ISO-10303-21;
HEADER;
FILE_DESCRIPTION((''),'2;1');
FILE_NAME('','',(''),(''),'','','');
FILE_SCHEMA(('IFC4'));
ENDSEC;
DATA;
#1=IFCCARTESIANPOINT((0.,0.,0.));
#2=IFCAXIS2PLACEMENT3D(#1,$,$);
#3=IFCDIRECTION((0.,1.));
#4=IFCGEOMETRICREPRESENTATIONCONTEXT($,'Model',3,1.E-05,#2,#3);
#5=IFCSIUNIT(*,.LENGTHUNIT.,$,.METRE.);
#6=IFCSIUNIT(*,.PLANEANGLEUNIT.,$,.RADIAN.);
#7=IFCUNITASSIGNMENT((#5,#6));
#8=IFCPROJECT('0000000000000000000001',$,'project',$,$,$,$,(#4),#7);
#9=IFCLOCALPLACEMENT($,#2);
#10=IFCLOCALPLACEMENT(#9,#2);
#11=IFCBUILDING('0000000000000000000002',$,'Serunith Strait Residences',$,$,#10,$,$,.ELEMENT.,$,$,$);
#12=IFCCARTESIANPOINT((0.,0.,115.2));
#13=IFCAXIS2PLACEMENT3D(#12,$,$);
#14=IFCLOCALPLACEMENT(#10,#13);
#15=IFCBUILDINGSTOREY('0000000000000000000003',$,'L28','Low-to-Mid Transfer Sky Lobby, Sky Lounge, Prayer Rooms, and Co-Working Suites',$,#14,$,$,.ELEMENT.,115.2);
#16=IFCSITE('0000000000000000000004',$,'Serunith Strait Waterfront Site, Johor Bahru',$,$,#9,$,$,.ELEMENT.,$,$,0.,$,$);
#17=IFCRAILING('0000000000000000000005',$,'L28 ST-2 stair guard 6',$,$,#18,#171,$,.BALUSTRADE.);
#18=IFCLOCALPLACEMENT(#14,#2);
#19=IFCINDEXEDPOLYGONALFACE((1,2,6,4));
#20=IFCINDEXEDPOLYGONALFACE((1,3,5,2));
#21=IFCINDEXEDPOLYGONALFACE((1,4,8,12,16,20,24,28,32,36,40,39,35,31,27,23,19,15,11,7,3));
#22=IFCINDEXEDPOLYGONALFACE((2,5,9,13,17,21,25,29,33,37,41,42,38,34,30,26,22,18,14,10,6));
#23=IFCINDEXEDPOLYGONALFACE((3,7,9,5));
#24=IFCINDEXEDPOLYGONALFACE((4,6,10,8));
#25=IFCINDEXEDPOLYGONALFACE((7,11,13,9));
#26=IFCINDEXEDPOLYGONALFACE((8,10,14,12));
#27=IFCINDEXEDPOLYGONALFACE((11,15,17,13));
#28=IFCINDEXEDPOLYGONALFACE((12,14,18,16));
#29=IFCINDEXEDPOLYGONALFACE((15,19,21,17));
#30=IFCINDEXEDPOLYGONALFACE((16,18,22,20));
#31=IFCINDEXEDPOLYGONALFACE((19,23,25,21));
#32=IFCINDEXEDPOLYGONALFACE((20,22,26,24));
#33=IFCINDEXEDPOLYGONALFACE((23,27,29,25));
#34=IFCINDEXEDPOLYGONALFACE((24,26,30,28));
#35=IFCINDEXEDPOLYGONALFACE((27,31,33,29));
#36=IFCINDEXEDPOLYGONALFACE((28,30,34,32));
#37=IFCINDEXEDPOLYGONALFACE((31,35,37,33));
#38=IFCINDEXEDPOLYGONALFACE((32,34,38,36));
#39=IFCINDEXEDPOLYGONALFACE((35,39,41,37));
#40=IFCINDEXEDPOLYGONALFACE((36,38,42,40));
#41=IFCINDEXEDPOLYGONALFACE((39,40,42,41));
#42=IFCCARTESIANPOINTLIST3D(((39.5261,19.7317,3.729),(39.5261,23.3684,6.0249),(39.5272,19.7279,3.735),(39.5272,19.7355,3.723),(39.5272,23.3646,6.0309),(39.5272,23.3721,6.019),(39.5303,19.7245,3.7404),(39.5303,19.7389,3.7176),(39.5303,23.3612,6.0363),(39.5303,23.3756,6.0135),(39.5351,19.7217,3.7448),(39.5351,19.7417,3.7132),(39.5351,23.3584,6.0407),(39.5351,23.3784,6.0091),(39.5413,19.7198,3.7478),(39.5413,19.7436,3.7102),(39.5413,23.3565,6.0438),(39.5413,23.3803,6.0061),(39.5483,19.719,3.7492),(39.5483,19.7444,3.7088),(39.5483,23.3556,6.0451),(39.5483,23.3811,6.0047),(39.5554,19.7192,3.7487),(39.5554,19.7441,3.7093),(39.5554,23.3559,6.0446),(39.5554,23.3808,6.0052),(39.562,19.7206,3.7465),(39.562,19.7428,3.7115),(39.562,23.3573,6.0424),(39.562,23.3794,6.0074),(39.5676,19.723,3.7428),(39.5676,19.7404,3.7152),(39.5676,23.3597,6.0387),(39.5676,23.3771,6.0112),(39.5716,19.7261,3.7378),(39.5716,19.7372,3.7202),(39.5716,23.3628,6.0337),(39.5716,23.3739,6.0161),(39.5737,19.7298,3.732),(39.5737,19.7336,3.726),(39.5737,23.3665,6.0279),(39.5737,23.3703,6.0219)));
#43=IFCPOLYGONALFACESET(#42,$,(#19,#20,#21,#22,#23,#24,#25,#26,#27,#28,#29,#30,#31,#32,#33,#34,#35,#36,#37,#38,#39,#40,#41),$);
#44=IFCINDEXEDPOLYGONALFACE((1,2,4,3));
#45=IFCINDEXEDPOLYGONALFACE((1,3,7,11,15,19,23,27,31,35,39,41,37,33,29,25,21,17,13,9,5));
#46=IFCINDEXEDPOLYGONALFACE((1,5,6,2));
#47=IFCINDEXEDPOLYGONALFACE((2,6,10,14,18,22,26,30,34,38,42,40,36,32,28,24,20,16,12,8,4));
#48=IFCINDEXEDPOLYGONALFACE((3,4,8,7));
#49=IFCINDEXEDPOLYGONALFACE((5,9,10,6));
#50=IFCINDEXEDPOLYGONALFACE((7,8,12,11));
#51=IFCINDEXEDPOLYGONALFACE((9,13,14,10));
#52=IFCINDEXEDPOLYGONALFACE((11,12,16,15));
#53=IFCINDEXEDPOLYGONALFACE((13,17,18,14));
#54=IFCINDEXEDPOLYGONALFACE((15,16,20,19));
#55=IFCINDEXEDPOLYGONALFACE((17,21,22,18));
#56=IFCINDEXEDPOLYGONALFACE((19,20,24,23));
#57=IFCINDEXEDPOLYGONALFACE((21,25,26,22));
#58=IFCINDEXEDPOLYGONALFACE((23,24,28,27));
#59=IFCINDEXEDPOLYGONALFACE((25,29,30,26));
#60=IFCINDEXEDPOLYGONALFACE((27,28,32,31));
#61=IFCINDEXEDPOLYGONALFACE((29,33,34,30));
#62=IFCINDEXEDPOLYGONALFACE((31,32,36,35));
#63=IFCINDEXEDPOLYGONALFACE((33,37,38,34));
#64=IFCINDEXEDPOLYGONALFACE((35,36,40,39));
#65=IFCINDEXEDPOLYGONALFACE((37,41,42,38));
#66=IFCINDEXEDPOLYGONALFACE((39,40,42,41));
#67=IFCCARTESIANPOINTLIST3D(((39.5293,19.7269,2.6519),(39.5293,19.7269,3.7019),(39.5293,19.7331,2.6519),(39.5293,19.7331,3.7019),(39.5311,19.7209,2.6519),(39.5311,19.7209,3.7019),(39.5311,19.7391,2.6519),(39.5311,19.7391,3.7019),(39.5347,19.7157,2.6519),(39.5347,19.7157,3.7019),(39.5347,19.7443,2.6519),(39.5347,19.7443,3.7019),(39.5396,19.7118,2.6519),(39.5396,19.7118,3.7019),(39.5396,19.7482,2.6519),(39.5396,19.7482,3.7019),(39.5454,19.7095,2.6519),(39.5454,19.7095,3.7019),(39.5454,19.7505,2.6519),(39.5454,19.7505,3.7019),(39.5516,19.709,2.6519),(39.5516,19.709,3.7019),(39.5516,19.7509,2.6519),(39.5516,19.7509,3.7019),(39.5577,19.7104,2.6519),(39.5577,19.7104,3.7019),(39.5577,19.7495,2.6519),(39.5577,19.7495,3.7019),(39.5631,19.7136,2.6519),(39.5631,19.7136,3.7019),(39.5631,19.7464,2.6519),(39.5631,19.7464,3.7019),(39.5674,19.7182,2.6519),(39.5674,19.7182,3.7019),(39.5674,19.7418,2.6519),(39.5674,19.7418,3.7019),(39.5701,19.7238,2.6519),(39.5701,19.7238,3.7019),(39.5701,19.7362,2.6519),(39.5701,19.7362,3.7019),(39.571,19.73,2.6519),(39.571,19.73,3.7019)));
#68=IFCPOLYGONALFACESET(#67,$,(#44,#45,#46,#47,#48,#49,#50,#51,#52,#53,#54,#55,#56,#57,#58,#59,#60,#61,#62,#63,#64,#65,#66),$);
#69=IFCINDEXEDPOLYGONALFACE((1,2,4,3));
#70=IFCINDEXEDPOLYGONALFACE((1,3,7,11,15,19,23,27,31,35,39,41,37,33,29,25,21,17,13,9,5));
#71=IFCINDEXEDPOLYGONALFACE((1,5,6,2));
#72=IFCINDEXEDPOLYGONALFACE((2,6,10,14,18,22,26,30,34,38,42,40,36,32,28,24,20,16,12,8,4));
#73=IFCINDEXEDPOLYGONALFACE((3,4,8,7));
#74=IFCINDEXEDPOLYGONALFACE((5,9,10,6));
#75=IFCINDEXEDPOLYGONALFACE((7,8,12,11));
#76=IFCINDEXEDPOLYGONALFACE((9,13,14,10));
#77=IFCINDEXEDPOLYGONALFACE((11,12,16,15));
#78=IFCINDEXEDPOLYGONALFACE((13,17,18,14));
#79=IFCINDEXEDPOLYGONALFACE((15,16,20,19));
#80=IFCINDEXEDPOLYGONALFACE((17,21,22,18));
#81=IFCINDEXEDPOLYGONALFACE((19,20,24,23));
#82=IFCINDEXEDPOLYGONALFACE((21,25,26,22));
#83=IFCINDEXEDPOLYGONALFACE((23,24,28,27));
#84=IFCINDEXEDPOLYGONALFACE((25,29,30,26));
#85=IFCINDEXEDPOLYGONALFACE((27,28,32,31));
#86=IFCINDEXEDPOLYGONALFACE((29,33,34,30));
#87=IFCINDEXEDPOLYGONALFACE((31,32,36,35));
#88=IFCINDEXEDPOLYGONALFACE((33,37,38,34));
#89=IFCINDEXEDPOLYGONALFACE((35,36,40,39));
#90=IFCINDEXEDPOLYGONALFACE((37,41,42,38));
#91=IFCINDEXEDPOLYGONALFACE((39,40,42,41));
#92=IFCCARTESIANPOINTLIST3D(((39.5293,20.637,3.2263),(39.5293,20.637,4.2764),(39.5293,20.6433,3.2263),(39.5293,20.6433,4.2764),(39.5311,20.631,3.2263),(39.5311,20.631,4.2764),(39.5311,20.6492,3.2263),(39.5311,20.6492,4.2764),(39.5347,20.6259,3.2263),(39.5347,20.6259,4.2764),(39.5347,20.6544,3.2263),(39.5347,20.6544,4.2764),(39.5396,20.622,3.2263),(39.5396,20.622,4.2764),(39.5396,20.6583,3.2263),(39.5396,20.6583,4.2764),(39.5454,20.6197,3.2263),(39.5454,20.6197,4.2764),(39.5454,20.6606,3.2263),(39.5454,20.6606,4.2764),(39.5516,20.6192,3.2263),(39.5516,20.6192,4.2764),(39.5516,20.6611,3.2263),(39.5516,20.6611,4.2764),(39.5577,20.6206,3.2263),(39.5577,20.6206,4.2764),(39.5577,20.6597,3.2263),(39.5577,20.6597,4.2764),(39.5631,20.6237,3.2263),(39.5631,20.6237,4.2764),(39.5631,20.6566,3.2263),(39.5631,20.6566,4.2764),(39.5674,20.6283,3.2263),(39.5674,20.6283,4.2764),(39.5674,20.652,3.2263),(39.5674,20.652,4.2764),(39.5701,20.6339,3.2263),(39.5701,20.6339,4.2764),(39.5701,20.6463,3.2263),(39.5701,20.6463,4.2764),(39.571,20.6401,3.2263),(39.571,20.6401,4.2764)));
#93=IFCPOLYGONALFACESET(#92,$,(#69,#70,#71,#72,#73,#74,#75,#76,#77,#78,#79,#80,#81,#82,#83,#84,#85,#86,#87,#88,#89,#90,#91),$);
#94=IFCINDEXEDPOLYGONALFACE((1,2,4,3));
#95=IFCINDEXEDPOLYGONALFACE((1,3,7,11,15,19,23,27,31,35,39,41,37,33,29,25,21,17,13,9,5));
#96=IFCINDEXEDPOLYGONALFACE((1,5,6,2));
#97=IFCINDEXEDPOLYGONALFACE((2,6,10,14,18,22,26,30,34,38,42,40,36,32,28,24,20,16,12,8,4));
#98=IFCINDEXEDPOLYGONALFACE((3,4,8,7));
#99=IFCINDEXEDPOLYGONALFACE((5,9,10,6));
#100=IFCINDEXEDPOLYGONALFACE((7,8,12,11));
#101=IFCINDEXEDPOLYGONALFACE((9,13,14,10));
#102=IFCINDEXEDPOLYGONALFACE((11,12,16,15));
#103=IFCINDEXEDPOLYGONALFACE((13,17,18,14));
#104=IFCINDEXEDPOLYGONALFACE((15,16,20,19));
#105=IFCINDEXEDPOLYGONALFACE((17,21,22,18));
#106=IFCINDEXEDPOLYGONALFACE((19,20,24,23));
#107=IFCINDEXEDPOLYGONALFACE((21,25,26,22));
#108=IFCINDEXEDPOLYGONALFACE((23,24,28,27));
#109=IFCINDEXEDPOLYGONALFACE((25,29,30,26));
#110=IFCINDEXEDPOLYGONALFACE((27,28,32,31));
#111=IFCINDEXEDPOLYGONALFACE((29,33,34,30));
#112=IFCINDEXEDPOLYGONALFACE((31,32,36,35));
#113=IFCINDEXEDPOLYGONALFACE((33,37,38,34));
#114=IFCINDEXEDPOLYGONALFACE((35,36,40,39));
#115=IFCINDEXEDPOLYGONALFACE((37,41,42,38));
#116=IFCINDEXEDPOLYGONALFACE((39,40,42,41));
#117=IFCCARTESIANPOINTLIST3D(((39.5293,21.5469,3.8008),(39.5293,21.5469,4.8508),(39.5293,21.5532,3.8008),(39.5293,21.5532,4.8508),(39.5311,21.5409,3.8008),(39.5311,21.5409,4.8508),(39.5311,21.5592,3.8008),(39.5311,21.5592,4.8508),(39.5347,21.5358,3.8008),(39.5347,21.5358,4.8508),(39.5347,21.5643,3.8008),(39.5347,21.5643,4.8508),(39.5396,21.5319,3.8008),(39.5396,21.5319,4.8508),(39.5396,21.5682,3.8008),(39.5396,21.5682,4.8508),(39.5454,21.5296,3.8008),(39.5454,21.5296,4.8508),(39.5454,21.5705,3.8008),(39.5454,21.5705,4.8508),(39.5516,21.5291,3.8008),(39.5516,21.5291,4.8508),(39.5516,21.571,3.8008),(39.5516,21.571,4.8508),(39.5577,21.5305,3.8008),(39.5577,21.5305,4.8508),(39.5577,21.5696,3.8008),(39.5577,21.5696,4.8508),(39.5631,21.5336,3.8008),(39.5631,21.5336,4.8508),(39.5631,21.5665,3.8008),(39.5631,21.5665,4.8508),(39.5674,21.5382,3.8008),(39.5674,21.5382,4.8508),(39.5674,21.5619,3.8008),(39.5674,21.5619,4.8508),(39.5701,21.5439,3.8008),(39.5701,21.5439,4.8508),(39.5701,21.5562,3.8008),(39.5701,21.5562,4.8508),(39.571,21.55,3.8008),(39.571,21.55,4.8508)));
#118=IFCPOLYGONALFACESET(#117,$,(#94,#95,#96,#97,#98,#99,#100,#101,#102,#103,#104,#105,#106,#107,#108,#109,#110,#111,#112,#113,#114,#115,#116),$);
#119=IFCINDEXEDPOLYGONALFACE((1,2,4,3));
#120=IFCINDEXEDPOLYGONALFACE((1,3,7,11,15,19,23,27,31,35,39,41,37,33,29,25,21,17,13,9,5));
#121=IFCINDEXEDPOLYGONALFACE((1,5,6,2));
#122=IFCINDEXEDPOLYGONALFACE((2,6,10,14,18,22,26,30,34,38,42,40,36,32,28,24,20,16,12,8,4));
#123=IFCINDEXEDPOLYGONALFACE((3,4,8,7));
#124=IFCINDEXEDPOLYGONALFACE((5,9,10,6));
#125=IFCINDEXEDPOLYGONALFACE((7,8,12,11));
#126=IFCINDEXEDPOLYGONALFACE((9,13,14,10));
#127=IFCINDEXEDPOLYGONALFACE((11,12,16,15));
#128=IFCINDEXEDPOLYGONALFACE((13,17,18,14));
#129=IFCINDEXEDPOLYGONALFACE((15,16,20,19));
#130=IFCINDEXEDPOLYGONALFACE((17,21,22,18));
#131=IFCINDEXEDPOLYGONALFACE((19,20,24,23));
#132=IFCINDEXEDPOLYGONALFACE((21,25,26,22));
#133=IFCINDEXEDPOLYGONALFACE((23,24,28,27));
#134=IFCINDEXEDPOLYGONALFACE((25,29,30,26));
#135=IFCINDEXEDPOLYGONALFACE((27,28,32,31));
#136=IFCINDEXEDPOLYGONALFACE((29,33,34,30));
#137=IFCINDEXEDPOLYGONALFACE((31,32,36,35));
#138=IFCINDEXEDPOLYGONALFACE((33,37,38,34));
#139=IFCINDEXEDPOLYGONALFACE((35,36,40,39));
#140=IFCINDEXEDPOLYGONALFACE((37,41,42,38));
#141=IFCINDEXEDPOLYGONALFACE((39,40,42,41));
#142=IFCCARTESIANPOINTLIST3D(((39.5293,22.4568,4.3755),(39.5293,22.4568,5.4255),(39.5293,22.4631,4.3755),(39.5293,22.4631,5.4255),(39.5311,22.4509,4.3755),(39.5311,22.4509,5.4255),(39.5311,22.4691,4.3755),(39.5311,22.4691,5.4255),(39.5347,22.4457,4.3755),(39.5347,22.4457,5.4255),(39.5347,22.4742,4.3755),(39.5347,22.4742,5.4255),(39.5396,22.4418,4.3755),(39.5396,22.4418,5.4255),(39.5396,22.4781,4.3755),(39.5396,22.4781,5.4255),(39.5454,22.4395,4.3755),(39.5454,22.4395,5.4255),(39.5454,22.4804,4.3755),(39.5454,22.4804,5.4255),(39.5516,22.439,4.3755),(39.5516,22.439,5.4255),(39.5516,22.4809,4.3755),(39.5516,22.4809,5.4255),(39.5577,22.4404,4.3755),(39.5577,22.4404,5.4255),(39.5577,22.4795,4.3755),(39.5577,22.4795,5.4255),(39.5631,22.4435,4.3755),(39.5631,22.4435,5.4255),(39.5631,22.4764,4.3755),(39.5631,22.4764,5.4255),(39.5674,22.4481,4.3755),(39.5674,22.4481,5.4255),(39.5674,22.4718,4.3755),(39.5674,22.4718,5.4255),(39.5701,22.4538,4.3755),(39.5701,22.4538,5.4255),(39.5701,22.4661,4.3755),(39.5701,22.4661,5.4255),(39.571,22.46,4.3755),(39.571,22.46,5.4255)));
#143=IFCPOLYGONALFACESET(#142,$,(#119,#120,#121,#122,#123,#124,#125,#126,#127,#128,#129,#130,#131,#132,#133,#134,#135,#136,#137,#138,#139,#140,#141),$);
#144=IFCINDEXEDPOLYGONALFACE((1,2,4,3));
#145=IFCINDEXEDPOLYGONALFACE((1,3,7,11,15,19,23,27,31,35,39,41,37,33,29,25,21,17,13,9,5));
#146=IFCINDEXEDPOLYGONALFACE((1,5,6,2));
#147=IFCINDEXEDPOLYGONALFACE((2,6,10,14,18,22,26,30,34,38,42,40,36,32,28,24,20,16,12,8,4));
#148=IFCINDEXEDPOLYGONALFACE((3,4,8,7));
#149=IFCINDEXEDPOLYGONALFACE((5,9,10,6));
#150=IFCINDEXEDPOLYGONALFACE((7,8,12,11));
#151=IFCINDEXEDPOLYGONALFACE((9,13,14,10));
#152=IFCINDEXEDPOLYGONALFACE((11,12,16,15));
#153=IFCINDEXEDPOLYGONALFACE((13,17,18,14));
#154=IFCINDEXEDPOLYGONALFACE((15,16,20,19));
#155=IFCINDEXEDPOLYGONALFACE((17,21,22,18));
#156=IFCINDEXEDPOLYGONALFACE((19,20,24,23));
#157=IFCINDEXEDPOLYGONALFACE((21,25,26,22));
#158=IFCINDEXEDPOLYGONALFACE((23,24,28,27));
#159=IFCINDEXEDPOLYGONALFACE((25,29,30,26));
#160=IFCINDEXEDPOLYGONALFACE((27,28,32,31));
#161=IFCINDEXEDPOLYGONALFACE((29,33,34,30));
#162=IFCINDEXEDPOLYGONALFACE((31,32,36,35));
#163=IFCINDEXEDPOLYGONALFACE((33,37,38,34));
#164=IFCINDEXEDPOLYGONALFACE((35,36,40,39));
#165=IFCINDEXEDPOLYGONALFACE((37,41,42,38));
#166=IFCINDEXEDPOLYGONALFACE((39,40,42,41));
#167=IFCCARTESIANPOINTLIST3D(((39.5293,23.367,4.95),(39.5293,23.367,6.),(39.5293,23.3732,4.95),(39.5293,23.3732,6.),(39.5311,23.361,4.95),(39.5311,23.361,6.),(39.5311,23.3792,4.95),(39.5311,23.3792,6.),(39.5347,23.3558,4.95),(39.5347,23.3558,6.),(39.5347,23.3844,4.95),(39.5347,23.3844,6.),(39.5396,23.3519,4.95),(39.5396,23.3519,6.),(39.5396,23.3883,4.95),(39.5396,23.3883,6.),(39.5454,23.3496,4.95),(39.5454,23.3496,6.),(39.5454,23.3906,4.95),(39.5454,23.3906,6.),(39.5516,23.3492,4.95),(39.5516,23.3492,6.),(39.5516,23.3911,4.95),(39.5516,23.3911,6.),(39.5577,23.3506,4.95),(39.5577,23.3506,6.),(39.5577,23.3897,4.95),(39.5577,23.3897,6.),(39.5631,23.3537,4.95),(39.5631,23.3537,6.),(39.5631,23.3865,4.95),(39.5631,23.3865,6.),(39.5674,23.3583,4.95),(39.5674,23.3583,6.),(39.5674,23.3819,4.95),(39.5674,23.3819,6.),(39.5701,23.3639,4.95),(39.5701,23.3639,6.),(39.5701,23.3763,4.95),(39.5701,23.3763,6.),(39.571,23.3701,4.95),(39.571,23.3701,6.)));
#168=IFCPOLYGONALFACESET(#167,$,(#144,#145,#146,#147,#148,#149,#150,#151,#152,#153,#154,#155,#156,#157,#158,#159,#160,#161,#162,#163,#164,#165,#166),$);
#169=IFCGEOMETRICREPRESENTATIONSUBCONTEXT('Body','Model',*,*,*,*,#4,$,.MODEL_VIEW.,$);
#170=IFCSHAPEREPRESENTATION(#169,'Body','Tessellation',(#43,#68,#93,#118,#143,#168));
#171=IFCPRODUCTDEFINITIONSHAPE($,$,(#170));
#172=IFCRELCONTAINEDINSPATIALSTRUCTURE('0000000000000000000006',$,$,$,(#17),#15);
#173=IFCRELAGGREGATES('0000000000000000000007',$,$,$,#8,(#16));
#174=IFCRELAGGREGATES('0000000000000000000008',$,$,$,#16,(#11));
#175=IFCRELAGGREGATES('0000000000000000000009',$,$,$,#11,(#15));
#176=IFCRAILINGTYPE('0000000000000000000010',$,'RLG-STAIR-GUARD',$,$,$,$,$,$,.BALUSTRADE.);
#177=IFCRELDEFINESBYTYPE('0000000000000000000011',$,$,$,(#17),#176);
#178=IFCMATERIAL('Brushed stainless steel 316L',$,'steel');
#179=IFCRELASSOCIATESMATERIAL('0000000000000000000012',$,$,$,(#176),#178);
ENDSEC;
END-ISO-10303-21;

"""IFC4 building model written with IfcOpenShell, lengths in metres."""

from ifc_helpers import new_model, si_unit, direction, frame, origin, origin_2d, place, context, subcontext, project, spatial, circle, extrude, material, type_object, element, save


model = new_model("IFC4")

# Units and contexts
model_context = context("Model", 3, precision=1e-05, world=origin(), true_north=direction((0.0, 1.0)))
body_context = subcontext(model_context, "Body", "Model", "MODEL_VIEW")
ifc_project = project(units=[si_unit("LENGTHUNIT", "METRE"), si_unit("PLANEANGLEUNIT", "RADIAN")], contexts=[model_context])

# Site, building, storey
site_placement = place(None, origin())
site = spatial("IfcSite", under=ifc_project, at=site_placement, Name="Serunith Strait Waterfront Site, Johor Bahru", CompositionType="ELEMENT", RefElevation=0.0)
building_placement = place(site_placement, origin())
building = spatial("IfcBuilding", under=site, at=building_placement, Name="Serunith Strait Residences", CompositionType="ELEMENT")
storey_placement = place(building_placement, frame((0.0, 0.0, 115.2)))
storey = spatial("IfcBuildingStorey", under=building, at=storey_placement, Name="L28", Description="Low-to-Mid Transfer Sky Lobby, Sky Lounge, Prayer Rooms, and Co-Working Suites", CompositionType="ELEMENT", Elevation=115.2)

# Railing
ifc_material_1 = material(Name="Brushed stainless steel 316L", Category="steel")
railing_type_1 = type_object("IfcRailingType", Name="RLG-STAIR-GUARD", PredefinedType="BALUSTRADE", material=ifc_material_1)
railing_1_placement = place(storey_placement, frame((39.55, 19.73, 2.6519)))
element("IfcRailing", 1, at=railing_1_placement, inside=storey, type_object=railing_type_1, Name="L28 ST-2 stair guard 6", PredefinedType="BALUSTRADE", context=body_context, shape_type="SweptSolid", body=[
    extrude(circle(Radius=0.0239, at=origin_2d()), frame((0.0, 0.0017, 1.0771), z_axis=(0.0, 0.845587, 0.533837), x_axis=(-1.0, 0.0, 0.0)), (0.0, 0.0, 1.0), 4.3008),
    extrude(circle(Radius=0.021, at=origin_2d()), origin(), (0.0, 0.0, 1.0), 1.05),
    extrude(circle(Radius=0.021, at=origin_2d()), frame((0.0, 0.9102, 0.5745)), (0.0, 0.0, 1.0), 1.05),
    extrude(circle(Radius=0.021, at=origin_2d()), frame((0.0, 1.8201, 1.1489)), (0.0, 0.0, 1.0), 1.05),
    extrude(circle(Radius=0.021, at=origin_2d()), frame((0.0, 2.73, 1.7236)), (0.0, 0.0, 1.0), 1.05),
    extrude(circle(Radius=0.021, at=origin_2d()), frame((0.0, 3.6401, 2.2981)), (0.0, 0.0, 1.0), 1.05),
])

save(model, "model.ifc")
